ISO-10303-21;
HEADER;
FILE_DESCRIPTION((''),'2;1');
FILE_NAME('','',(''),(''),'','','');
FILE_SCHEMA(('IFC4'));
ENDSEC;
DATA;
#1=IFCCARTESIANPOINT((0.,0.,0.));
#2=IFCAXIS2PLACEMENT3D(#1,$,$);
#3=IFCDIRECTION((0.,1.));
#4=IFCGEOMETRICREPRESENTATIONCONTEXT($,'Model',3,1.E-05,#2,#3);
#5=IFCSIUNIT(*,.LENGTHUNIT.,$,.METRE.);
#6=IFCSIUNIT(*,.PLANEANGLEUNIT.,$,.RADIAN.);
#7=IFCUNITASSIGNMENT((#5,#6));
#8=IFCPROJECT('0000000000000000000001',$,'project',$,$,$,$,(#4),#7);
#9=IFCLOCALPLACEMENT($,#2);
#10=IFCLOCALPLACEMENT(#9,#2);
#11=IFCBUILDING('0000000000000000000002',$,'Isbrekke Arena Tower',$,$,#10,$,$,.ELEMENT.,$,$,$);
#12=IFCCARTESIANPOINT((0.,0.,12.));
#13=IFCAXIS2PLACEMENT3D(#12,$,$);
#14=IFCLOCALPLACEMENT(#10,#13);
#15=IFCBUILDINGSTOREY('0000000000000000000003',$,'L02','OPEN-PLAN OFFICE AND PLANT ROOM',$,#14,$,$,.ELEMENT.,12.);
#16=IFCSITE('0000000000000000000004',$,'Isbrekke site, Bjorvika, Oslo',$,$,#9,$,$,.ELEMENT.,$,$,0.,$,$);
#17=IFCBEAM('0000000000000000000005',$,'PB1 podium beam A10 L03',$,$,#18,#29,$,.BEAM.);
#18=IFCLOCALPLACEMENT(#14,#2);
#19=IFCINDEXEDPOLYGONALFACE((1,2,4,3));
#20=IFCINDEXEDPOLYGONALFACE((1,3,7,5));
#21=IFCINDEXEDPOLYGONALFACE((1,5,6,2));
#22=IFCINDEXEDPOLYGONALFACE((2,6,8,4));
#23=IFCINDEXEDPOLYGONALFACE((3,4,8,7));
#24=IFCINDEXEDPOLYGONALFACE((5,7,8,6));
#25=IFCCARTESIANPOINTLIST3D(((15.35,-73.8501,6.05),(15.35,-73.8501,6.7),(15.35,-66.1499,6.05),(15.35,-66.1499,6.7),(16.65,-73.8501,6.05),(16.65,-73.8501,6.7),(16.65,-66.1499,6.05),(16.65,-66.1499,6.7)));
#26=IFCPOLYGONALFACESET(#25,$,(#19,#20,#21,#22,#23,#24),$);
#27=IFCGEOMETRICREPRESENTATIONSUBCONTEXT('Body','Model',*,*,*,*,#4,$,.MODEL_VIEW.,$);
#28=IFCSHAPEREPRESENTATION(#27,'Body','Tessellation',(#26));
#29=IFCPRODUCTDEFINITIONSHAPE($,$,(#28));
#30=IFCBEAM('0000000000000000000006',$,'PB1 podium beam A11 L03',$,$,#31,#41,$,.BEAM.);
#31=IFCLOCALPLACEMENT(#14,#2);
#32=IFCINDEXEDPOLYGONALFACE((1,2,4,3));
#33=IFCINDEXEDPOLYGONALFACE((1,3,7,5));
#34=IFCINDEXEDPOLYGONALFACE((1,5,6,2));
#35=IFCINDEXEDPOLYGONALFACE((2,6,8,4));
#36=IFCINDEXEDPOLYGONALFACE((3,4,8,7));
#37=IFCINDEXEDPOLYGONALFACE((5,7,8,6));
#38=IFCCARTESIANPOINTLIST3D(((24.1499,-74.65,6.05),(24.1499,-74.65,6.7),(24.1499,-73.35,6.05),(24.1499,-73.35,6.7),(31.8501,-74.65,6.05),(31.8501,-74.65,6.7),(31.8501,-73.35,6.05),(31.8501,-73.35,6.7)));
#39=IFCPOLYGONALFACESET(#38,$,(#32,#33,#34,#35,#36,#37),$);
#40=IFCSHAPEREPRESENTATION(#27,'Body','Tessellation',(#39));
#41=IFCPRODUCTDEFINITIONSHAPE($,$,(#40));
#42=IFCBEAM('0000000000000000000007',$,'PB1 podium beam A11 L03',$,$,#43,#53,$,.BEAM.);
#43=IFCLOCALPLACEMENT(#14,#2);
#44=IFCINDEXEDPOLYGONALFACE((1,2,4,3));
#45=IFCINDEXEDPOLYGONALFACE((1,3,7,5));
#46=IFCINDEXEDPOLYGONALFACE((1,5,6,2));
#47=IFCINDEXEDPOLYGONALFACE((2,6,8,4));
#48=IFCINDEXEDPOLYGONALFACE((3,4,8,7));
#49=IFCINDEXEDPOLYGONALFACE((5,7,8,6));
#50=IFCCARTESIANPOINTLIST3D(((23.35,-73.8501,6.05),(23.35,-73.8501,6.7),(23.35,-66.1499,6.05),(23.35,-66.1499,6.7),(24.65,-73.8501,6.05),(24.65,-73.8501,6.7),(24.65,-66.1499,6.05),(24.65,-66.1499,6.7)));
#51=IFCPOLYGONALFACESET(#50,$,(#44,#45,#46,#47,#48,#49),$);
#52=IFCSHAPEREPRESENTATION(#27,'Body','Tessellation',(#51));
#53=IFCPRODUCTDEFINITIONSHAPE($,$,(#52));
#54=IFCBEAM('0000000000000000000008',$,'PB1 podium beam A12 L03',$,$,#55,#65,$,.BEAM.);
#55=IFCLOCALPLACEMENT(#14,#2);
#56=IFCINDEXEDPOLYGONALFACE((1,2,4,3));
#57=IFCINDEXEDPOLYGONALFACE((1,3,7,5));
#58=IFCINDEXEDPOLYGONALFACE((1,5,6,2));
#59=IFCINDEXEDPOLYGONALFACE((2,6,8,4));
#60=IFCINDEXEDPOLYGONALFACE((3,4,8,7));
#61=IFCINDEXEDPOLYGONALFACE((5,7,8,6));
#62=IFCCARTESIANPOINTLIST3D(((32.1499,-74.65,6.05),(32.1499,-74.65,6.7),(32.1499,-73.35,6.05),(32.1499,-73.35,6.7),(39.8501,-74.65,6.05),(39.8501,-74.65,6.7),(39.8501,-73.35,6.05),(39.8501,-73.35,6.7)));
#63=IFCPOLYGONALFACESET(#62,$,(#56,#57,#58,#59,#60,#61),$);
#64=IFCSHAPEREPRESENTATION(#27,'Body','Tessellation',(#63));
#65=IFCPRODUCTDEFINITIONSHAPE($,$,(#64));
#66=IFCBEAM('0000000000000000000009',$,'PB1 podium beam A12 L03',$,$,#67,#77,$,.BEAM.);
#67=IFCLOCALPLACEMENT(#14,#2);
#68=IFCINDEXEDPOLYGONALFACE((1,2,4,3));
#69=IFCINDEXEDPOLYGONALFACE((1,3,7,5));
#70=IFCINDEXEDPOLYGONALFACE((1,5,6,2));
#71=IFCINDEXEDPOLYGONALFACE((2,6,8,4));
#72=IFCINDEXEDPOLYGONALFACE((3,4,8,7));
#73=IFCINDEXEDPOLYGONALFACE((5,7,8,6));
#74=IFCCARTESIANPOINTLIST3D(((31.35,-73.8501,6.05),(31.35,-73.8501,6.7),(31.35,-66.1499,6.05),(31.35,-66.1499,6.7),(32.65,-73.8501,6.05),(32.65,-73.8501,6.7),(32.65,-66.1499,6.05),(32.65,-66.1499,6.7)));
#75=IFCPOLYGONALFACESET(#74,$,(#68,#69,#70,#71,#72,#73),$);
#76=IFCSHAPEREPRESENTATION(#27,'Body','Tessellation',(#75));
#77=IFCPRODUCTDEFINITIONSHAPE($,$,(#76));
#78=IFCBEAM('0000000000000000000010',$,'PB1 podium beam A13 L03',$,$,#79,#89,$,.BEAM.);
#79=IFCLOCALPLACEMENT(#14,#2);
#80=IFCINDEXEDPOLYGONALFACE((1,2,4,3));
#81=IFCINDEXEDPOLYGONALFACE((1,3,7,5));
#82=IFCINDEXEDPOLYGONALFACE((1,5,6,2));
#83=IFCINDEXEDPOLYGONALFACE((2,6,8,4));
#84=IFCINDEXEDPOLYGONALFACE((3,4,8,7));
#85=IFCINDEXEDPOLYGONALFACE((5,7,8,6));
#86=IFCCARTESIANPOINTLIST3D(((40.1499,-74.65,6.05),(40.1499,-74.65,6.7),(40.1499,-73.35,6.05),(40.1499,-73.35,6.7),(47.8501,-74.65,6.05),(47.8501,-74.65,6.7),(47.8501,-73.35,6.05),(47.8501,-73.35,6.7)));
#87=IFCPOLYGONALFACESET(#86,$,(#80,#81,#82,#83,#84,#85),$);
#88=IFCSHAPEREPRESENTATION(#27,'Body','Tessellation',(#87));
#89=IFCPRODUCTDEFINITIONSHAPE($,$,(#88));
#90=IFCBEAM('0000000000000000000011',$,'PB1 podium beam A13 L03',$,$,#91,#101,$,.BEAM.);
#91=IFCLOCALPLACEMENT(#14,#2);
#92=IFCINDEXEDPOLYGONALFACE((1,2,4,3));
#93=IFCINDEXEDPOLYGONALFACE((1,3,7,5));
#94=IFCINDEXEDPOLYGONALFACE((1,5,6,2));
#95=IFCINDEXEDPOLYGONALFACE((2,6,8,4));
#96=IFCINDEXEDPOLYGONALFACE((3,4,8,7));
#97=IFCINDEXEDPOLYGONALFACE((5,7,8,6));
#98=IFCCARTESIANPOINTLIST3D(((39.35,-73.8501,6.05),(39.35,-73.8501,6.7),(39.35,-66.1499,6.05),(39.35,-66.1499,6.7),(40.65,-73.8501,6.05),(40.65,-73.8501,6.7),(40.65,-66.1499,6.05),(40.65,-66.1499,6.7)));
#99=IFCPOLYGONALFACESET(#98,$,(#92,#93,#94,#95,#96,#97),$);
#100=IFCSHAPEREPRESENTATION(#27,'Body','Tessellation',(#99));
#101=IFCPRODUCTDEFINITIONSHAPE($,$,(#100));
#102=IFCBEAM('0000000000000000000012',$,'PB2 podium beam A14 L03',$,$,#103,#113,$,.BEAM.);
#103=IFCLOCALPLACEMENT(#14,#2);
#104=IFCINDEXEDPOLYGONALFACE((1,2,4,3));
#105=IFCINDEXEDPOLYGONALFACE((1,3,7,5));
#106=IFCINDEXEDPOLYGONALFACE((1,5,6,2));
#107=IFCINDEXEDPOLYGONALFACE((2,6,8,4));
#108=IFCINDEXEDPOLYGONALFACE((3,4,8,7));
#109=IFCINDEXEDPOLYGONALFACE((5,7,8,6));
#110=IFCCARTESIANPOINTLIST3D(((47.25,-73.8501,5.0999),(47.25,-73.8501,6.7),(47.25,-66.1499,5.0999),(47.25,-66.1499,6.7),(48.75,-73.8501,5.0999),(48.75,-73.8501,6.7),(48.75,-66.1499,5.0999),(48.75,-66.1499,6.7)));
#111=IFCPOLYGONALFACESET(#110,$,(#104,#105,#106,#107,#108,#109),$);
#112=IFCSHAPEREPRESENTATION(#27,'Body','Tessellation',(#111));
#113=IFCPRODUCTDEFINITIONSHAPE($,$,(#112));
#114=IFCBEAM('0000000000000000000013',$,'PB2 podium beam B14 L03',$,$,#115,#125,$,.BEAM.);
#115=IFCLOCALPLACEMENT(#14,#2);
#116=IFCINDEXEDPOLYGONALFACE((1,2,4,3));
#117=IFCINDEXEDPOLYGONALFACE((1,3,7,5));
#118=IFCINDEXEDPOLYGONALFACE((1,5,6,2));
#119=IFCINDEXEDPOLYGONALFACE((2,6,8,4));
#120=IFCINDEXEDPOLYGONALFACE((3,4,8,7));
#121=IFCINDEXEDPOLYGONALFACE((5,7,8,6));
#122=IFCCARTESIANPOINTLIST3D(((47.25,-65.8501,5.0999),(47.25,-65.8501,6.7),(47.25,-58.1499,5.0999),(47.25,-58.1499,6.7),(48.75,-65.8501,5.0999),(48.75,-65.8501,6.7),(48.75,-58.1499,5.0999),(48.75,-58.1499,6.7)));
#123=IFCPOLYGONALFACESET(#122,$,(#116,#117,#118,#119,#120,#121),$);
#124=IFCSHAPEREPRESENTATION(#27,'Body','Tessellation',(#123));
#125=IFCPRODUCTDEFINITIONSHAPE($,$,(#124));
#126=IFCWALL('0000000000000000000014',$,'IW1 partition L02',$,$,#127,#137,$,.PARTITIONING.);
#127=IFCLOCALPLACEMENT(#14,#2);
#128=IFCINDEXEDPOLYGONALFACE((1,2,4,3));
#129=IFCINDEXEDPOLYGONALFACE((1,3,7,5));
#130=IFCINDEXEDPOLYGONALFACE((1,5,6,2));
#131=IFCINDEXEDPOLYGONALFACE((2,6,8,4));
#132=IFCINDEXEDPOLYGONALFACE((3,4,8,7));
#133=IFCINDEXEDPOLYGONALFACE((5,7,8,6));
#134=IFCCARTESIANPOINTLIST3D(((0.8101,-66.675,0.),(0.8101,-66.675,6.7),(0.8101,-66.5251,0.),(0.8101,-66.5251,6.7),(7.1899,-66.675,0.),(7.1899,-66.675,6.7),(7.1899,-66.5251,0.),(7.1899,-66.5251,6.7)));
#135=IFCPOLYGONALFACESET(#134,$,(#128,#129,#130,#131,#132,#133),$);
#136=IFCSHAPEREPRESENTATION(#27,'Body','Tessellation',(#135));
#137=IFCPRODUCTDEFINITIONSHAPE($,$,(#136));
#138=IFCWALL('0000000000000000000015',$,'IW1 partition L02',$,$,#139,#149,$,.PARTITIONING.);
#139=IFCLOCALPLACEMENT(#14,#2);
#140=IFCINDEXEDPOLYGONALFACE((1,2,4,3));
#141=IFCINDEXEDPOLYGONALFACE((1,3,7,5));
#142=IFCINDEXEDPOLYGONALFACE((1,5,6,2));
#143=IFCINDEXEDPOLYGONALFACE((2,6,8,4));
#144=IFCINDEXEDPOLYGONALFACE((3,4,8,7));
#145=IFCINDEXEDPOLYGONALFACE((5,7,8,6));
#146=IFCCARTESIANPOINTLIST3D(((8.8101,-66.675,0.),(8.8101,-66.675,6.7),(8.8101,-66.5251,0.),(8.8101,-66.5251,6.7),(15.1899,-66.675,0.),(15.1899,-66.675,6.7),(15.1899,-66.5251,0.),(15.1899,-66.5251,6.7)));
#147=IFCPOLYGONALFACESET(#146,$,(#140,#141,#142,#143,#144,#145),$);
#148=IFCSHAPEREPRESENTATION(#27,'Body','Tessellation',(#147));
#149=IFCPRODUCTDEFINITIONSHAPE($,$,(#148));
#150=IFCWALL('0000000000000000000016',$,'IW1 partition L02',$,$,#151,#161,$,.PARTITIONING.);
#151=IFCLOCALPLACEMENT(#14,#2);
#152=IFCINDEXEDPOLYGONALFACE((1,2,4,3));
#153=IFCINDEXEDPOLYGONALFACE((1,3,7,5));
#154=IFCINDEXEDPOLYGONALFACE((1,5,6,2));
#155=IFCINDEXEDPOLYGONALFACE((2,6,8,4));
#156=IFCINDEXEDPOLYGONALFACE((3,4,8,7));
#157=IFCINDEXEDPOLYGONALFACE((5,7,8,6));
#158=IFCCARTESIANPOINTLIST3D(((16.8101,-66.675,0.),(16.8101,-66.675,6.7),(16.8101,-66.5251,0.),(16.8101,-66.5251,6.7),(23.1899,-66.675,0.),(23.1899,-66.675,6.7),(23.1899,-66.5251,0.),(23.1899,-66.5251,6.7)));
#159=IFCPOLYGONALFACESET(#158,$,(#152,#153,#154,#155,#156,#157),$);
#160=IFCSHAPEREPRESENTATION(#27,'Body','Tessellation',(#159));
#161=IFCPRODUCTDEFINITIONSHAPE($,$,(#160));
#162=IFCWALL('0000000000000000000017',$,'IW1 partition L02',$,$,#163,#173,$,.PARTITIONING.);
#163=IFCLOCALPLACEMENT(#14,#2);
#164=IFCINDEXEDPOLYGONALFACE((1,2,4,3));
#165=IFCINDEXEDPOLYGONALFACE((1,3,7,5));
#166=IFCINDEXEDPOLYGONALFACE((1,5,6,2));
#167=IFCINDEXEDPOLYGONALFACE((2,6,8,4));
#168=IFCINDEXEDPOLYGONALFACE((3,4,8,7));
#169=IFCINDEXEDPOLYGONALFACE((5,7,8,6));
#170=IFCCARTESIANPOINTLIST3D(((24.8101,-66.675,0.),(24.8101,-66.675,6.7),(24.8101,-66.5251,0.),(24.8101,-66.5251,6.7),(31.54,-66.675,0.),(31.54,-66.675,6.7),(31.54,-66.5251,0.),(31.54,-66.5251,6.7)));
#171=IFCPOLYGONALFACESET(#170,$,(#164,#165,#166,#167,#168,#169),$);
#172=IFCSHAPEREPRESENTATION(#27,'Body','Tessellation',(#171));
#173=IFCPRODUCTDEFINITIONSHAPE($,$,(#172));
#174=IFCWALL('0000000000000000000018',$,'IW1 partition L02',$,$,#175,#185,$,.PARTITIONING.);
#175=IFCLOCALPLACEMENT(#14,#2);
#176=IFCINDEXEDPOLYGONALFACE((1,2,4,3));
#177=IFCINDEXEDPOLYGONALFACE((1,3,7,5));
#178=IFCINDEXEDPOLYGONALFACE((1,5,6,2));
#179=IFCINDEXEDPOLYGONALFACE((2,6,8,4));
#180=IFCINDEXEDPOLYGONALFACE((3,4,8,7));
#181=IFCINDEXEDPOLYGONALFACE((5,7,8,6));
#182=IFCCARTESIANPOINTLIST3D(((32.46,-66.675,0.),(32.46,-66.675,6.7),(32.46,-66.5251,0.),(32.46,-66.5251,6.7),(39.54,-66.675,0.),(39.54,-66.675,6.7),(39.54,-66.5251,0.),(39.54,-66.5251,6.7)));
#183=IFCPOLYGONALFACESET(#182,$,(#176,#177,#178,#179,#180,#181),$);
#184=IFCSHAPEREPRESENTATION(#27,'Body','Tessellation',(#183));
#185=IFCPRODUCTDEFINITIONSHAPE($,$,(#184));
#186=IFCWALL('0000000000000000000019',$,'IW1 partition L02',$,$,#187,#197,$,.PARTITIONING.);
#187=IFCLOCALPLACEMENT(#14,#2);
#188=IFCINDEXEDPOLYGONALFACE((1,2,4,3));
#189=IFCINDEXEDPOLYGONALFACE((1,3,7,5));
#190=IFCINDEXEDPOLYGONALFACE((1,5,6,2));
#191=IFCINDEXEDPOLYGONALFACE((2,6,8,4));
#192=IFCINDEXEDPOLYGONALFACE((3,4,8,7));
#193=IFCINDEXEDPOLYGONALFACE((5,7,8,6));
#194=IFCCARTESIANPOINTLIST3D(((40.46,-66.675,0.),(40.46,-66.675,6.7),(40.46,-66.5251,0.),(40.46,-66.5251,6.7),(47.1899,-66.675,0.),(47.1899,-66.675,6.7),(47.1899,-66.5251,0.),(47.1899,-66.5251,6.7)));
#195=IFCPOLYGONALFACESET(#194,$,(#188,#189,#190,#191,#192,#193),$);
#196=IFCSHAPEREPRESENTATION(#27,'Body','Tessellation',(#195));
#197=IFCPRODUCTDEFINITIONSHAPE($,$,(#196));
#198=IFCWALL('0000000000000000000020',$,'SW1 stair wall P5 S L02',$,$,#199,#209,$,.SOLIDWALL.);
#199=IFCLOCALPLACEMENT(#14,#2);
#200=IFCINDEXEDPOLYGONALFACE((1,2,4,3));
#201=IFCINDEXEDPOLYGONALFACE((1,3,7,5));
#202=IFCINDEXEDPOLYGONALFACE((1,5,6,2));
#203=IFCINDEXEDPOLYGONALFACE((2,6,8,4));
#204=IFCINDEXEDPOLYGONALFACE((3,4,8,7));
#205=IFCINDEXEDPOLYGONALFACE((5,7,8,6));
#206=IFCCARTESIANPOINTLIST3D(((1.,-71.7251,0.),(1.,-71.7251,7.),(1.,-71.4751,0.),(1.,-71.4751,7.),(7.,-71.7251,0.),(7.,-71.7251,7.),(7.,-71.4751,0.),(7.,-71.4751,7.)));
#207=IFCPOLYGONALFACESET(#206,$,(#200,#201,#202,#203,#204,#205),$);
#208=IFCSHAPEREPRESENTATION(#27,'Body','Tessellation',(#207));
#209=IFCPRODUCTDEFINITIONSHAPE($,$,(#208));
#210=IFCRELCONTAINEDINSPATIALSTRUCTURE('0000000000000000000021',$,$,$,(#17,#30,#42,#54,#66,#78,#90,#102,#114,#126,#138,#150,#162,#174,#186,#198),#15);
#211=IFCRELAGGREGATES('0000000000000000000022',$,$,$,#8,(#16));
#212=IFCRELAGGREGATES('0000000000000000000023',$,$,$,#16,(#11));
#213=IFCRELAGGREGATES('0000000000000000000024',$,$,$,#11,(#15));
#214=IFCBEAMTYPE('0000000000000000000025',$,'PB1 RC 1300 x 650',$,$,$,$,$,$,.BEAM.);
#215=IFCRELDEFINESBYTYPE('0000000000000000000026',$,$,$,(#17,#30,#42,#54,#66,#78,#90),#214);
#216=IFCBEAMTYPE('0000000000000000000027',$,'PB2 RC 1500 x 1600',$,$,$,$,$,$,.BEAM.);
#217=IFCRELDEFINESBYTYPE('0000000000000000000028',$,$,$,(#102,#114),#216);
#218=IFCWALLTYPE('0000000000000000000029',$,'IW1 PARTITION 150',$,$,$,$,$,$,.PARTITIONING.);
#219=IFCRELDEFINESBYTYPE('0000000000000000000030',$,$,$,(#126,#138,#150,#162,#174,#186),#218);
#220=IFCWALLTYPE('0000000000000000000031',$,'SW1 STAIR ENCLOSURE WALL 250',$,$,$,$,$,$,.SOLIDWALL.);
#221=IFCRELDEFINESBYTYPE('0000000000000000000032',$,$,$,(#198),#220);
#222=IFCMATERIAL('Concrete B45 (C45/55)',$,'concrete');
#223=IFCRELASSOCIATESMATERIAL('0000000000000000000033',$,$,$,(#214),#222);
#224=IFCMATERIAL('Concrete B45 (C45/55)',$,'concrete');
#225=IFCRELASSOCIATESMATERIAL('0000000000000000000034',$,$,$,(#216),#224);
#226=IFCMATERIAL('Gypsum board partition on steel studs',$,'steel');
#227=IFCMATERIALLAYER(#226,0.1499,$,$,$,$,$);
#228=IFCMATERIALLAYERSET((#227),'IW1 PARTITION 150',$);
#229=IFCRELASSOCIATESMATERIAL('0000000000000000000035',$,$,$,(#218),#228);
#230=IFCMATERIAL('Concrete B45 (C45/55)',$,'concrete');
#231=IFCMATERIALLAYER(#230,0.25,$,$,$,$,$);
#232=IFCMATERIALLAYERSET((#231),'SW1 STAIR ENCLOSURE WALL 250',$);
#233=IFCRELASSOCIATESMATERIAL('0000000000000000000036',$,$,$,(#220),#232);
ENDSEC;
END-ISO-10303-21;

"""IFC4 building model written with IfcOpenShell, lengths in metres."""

from ifc_helpers import new_model, si_unit, direction, frame, frame_2d, origin, origin_2d, place, context, subcontext, project, spatial, rectangle, extrude, material, layer, layer_set, material_profile, profile_set, type_object, element, save


model = new_model("IFC4")

# Units and contexts
model_context = context("Model", 3, precision=1e-05, world=origin(), true_north=direction((0.0, 1.0)))
body_context = subcontext(model_context, "Body", "Model", "MODEL_VIEW")
ifc_project = project(units=[si_unit("LENGTHUNIT", "METRE"), si_unit("PLANEANGLEUNIT", "RADIAN")], contexts=[model_context])

# Site, building, storey
site_placement = place(None, origin())
site = spatial("IfcSite", under=ifc_project, at=site_placement, Name="Isbrekke site, Bjorvika, Oslo", CompositionType="ELEMENT", RefElevation=0.0)
building_placement = place(site_placement, origin())
building = spatial("IfcBuilding", under=site, at=building_placement, Name="Isbrekke Arena Tower", CompositionType="ELEMENT")
storey_placement = place(building_placement, frame((0.0, 0.0, 12.0)))
storey = spatial("IfcBuildingStorey", under=building, at=storey_placement, Name="L02", Description="OPEN-PLAN OFFICE AND PLANT ROOM", CompositionType="ELEMENT", Elevation=12.0)

# Beams
ifc_material_1 = material(Name="Concrete B45 (C45/55)", Category="concrete")
ifc_material_profile_1 = material_profile(ifc_material_1, rectangle(XDim=1.3, YDim=0.6499, at=origin_2d()), Name="RC 1300x650")
ifc_profile_set_1 = profile_set([ifc_material_profile_1], Name="Concrete B45 (C45/55)")
beam_type_1 = type_object("IfcBeamType", Name="PB1 RC 1300 x 650", PredefinedType="BEAM", material=ifc_profile_set_1)
for number, where, z_axis, x_axis, name in (
    (1, (16.0, -73.8501, 6.375), (0.0, 1.0, 0.0), (-1.0, 0.0, 0.0), "PB1 podium beam A10 L03"),
    (2, (24.1499, -74.0, 6.375), (1.0, 0.0, 0.0), (0.0, 1.0, 0.0), "PB1 podium beam A11 L03"),
    (3, (24.0, -73.8501, 6.375), (0.0, 1.0, 0.0), (-1.0, 0.0, 0.0), "PB1 podium beam A11 L03"),
    (4, (32.1499, -74.0, 6.375), (1.0, 0.0, 0.0), (0.0, 1.0, 0.0), "PB1 podium beam A12 L03"),
    (5, (32.0, -73.8501, 6.375), (0.0, 1.0, 0.0), (-1.0, 0.0, 0.0), "PB1 podium beam A12 L03"),
    (6, (40.1499, -74.0, 6.375), (1.0, 0.0, 0.0), (0.0, 1.0, 0.0), "PB1 podium beam A13 L03"),
    (7, (40.0, -73.8501, 6.375), (0.0, 1.0, 0.0), (-1.0, 0.0, 0.0), "PB1 podium beam A13 L03"),
):
    element("IfcBeam", number, at=place(storey_placement, frame(where, z_axis=z_axis, x_axis=x_axis)), inside=storey, type_object=beam_type_1, Name=name, PredefinedType="BEAM", context=body_context, shape_type="SweptSolid", body=[
        extrude(rectangle(XDim=1.3, YDim=0.6499, at=origin_2d()), origin(), (0.0, 0.0, 1.0), 7.7002),
    ])
ifc_material_2 = material(Name="Concrete B45 (C45/55)", Category="concrete")
ifc_material_profile_2 = material_profile(ifc_material_2, rectangle(XDim=1.5, YDim=1.6001, at=origin_2d()), Name="RC 1500x1600")
ifc_profile_set_2 = profile_set([ifc_material_profile_2], Name="Concrete B45 (C45/55)")
beam_type_2 = type_object("IfcBeamType", Name="PB2 RC 1500 x 1600", PredefinedType="BEAM", material=ifc_profile_set_2)
for number, where, z_axis, x_axis, name in (
    (8, (48.0, -73.8501, 5.8999), (0.0, 1.0, 0.0), (-1.0, 0.0, 0.0), "PB2 podium beam A14 L03"),
    (9, (48.0, -65.8501, 5.8999), (0.0, 1.0, 0.0), (-1.0, 0.0, 0.0), "PB2 podium beam B14 L03"),
):
    element("IfcBeam", number, at=place(storey_placement, frame(where, z_axis=z_axis, x_axis=x_axis)), inside=storey, type_object=beam_type_2, Name=name, PredefinedType="BEAM", context=body_context, shape_type="SweptSolid", body=[
        extrude(rectangle(XDim=1.5, YDim=1.6001, at=origin_2d()), origin(), (0.0, 0.0, 1.0), 7.7002),
    ])

# Walls
ifc_material_3 = material(Name="Gypsum board partition on steel studs", Category="steel")
ifc_layer_1 = layer(ifc_material_3, 0.1499)
ifc_layer_set_1 = layer_set([ifc_layer_1], Name="IW1 PARTITION 150")
wall_type_1 = type_object("IfcWallType", Name="IW1 PARTITION 150", PredefinedType="PARTITIONING", material=ifc_layer_set_1)
for number, where, z_axis, x_axis, name in (
    (10, (0.8101, -66.6001, 0.0), (0.0, 0.0, 1.0), (1.0, 0.0, 0.0), "IW1 partition L02"),
    (11, (8.8101, -66.6001, 0.0), (0.0, 0.0, 1.0), (1.0, 0.0, 0.0), "IW1 partition L02"),
    (12, (16.8101, -66.6001, 0.0), (0.0, 0.0, 1.0), (1.0, 0.0, 0.0), "IW1 partition L02"),
):
    element("IfcWall", number, at=place(storey_placement, frame(where, z_axis=z_axis, x_axis=x_axis)), inside=storey, type_object=wall_type_1, Name=name, PredefinedType="PARTITIONING", context=body_context, shape_type="SweptSolid", body=[
        extrude(rectangle(XDim=6.3799, YDim=0.1499, at=frame_2d((3.1899, 0.0))), origin(), (0.0, 0.0, 1.0), 6.7),
    ])
wall_1_placement = place(storey_placement, frame((24.8101, -66.6001, 0.0), z_axis=(0.0, 0.0, 1.0), x_axis=(1.0, 0.0, 0.0)))
element("IfcWall", 13, at=wall_1_placement, inside=storey, type_object=wall_type_1, Name="IW1 partition L02", PredefinedType="PARTITIONING", context=body_context, shape_type="SweptSolid", body=[
    extrude(rectangle(XDim=6.73, YDim=0.1499, at=frame_2d((3.365, 0.0))), origin(), (0.0, 0.0, 1.0), 6.7),
])
wall_2_placement = place(storey_placement, frame((32.46, -66.6001, 0.0), z_axis=(0.0, 0.0, 1.0), x_axis=(1.0, 0.0, 0.0)))
element("IfcWall", 14, at=wall_2_placement, inside=storey, type_object=wall_type_1, Name="IW1 partition L02", PredefinedType="PARTITIONING", context=body_context, shape_type="SweptSolid", body=[
    extrude(rectangle(XDim=7.0801, YDim=0.1499, at=frame_2d((3.54, 0.0))), origin(), (0.0, 0.0, 1.0), 6.7),
])
wall_3_placement = place(storey_placement, frame((40.46, -66.6001, 0.0), z_axis=(0.0, 0.0, 1.0), x_axis=(1.0, 0.0, 0.0)))
element("IfcWall", 15, at=wall_3_placement, inside=storey, type_object=wall_type_1, Name="IW1 partition L02", PredefinedType="PARTITIONING", context=body_context, shape_type="SweptSolid", body=[
    extrude(rectangle(XDim=6.73, YDim=0.1499, at=frame_2d((3.365, 0.0))), origin(), (0.0, 0.0, 1.0), 6.7),
])
ifc_material_4 = material(Name="Concrete B45 (C45/55)", Category="concrete")
ifc_layer_2 = layer(ifc_material_4, 0.25)
ifc_layer_set_2 = layer_set([ifc_layer_2], Name="SW1 STAIR ENCLOSURE WALL 250")
wall_type_2 = type_object("IfcWallType", Name="SW1 STAIR ENCLOSURE WALL 250", PredefinedType="SOLIDWALL", material=ifc_layer_set_2)
wall_4_placement = place(storey_placement, frame((1.0, -71.6001, 0.0), z_axis=(0.0, 0.0, 1.0), x_axis=(1.0, 0.0, 0.0)))
element("IfcWall", 16, at=wall_4_placement, inside=storey, type_object=wall_type_2, Name="SW1 stair wall P5 S L02", PredefinedType="SOLIDWALL", context=body_context, shape_type="SweptSolid", body=[
    extrude(rectangle(XDim=6.0, YDim=0.25, at=frame_2d((3.0, 0.0))), origin(), (0.0, 0.0, 1.0), 7.0),
])

save(model, "model.ifc")
